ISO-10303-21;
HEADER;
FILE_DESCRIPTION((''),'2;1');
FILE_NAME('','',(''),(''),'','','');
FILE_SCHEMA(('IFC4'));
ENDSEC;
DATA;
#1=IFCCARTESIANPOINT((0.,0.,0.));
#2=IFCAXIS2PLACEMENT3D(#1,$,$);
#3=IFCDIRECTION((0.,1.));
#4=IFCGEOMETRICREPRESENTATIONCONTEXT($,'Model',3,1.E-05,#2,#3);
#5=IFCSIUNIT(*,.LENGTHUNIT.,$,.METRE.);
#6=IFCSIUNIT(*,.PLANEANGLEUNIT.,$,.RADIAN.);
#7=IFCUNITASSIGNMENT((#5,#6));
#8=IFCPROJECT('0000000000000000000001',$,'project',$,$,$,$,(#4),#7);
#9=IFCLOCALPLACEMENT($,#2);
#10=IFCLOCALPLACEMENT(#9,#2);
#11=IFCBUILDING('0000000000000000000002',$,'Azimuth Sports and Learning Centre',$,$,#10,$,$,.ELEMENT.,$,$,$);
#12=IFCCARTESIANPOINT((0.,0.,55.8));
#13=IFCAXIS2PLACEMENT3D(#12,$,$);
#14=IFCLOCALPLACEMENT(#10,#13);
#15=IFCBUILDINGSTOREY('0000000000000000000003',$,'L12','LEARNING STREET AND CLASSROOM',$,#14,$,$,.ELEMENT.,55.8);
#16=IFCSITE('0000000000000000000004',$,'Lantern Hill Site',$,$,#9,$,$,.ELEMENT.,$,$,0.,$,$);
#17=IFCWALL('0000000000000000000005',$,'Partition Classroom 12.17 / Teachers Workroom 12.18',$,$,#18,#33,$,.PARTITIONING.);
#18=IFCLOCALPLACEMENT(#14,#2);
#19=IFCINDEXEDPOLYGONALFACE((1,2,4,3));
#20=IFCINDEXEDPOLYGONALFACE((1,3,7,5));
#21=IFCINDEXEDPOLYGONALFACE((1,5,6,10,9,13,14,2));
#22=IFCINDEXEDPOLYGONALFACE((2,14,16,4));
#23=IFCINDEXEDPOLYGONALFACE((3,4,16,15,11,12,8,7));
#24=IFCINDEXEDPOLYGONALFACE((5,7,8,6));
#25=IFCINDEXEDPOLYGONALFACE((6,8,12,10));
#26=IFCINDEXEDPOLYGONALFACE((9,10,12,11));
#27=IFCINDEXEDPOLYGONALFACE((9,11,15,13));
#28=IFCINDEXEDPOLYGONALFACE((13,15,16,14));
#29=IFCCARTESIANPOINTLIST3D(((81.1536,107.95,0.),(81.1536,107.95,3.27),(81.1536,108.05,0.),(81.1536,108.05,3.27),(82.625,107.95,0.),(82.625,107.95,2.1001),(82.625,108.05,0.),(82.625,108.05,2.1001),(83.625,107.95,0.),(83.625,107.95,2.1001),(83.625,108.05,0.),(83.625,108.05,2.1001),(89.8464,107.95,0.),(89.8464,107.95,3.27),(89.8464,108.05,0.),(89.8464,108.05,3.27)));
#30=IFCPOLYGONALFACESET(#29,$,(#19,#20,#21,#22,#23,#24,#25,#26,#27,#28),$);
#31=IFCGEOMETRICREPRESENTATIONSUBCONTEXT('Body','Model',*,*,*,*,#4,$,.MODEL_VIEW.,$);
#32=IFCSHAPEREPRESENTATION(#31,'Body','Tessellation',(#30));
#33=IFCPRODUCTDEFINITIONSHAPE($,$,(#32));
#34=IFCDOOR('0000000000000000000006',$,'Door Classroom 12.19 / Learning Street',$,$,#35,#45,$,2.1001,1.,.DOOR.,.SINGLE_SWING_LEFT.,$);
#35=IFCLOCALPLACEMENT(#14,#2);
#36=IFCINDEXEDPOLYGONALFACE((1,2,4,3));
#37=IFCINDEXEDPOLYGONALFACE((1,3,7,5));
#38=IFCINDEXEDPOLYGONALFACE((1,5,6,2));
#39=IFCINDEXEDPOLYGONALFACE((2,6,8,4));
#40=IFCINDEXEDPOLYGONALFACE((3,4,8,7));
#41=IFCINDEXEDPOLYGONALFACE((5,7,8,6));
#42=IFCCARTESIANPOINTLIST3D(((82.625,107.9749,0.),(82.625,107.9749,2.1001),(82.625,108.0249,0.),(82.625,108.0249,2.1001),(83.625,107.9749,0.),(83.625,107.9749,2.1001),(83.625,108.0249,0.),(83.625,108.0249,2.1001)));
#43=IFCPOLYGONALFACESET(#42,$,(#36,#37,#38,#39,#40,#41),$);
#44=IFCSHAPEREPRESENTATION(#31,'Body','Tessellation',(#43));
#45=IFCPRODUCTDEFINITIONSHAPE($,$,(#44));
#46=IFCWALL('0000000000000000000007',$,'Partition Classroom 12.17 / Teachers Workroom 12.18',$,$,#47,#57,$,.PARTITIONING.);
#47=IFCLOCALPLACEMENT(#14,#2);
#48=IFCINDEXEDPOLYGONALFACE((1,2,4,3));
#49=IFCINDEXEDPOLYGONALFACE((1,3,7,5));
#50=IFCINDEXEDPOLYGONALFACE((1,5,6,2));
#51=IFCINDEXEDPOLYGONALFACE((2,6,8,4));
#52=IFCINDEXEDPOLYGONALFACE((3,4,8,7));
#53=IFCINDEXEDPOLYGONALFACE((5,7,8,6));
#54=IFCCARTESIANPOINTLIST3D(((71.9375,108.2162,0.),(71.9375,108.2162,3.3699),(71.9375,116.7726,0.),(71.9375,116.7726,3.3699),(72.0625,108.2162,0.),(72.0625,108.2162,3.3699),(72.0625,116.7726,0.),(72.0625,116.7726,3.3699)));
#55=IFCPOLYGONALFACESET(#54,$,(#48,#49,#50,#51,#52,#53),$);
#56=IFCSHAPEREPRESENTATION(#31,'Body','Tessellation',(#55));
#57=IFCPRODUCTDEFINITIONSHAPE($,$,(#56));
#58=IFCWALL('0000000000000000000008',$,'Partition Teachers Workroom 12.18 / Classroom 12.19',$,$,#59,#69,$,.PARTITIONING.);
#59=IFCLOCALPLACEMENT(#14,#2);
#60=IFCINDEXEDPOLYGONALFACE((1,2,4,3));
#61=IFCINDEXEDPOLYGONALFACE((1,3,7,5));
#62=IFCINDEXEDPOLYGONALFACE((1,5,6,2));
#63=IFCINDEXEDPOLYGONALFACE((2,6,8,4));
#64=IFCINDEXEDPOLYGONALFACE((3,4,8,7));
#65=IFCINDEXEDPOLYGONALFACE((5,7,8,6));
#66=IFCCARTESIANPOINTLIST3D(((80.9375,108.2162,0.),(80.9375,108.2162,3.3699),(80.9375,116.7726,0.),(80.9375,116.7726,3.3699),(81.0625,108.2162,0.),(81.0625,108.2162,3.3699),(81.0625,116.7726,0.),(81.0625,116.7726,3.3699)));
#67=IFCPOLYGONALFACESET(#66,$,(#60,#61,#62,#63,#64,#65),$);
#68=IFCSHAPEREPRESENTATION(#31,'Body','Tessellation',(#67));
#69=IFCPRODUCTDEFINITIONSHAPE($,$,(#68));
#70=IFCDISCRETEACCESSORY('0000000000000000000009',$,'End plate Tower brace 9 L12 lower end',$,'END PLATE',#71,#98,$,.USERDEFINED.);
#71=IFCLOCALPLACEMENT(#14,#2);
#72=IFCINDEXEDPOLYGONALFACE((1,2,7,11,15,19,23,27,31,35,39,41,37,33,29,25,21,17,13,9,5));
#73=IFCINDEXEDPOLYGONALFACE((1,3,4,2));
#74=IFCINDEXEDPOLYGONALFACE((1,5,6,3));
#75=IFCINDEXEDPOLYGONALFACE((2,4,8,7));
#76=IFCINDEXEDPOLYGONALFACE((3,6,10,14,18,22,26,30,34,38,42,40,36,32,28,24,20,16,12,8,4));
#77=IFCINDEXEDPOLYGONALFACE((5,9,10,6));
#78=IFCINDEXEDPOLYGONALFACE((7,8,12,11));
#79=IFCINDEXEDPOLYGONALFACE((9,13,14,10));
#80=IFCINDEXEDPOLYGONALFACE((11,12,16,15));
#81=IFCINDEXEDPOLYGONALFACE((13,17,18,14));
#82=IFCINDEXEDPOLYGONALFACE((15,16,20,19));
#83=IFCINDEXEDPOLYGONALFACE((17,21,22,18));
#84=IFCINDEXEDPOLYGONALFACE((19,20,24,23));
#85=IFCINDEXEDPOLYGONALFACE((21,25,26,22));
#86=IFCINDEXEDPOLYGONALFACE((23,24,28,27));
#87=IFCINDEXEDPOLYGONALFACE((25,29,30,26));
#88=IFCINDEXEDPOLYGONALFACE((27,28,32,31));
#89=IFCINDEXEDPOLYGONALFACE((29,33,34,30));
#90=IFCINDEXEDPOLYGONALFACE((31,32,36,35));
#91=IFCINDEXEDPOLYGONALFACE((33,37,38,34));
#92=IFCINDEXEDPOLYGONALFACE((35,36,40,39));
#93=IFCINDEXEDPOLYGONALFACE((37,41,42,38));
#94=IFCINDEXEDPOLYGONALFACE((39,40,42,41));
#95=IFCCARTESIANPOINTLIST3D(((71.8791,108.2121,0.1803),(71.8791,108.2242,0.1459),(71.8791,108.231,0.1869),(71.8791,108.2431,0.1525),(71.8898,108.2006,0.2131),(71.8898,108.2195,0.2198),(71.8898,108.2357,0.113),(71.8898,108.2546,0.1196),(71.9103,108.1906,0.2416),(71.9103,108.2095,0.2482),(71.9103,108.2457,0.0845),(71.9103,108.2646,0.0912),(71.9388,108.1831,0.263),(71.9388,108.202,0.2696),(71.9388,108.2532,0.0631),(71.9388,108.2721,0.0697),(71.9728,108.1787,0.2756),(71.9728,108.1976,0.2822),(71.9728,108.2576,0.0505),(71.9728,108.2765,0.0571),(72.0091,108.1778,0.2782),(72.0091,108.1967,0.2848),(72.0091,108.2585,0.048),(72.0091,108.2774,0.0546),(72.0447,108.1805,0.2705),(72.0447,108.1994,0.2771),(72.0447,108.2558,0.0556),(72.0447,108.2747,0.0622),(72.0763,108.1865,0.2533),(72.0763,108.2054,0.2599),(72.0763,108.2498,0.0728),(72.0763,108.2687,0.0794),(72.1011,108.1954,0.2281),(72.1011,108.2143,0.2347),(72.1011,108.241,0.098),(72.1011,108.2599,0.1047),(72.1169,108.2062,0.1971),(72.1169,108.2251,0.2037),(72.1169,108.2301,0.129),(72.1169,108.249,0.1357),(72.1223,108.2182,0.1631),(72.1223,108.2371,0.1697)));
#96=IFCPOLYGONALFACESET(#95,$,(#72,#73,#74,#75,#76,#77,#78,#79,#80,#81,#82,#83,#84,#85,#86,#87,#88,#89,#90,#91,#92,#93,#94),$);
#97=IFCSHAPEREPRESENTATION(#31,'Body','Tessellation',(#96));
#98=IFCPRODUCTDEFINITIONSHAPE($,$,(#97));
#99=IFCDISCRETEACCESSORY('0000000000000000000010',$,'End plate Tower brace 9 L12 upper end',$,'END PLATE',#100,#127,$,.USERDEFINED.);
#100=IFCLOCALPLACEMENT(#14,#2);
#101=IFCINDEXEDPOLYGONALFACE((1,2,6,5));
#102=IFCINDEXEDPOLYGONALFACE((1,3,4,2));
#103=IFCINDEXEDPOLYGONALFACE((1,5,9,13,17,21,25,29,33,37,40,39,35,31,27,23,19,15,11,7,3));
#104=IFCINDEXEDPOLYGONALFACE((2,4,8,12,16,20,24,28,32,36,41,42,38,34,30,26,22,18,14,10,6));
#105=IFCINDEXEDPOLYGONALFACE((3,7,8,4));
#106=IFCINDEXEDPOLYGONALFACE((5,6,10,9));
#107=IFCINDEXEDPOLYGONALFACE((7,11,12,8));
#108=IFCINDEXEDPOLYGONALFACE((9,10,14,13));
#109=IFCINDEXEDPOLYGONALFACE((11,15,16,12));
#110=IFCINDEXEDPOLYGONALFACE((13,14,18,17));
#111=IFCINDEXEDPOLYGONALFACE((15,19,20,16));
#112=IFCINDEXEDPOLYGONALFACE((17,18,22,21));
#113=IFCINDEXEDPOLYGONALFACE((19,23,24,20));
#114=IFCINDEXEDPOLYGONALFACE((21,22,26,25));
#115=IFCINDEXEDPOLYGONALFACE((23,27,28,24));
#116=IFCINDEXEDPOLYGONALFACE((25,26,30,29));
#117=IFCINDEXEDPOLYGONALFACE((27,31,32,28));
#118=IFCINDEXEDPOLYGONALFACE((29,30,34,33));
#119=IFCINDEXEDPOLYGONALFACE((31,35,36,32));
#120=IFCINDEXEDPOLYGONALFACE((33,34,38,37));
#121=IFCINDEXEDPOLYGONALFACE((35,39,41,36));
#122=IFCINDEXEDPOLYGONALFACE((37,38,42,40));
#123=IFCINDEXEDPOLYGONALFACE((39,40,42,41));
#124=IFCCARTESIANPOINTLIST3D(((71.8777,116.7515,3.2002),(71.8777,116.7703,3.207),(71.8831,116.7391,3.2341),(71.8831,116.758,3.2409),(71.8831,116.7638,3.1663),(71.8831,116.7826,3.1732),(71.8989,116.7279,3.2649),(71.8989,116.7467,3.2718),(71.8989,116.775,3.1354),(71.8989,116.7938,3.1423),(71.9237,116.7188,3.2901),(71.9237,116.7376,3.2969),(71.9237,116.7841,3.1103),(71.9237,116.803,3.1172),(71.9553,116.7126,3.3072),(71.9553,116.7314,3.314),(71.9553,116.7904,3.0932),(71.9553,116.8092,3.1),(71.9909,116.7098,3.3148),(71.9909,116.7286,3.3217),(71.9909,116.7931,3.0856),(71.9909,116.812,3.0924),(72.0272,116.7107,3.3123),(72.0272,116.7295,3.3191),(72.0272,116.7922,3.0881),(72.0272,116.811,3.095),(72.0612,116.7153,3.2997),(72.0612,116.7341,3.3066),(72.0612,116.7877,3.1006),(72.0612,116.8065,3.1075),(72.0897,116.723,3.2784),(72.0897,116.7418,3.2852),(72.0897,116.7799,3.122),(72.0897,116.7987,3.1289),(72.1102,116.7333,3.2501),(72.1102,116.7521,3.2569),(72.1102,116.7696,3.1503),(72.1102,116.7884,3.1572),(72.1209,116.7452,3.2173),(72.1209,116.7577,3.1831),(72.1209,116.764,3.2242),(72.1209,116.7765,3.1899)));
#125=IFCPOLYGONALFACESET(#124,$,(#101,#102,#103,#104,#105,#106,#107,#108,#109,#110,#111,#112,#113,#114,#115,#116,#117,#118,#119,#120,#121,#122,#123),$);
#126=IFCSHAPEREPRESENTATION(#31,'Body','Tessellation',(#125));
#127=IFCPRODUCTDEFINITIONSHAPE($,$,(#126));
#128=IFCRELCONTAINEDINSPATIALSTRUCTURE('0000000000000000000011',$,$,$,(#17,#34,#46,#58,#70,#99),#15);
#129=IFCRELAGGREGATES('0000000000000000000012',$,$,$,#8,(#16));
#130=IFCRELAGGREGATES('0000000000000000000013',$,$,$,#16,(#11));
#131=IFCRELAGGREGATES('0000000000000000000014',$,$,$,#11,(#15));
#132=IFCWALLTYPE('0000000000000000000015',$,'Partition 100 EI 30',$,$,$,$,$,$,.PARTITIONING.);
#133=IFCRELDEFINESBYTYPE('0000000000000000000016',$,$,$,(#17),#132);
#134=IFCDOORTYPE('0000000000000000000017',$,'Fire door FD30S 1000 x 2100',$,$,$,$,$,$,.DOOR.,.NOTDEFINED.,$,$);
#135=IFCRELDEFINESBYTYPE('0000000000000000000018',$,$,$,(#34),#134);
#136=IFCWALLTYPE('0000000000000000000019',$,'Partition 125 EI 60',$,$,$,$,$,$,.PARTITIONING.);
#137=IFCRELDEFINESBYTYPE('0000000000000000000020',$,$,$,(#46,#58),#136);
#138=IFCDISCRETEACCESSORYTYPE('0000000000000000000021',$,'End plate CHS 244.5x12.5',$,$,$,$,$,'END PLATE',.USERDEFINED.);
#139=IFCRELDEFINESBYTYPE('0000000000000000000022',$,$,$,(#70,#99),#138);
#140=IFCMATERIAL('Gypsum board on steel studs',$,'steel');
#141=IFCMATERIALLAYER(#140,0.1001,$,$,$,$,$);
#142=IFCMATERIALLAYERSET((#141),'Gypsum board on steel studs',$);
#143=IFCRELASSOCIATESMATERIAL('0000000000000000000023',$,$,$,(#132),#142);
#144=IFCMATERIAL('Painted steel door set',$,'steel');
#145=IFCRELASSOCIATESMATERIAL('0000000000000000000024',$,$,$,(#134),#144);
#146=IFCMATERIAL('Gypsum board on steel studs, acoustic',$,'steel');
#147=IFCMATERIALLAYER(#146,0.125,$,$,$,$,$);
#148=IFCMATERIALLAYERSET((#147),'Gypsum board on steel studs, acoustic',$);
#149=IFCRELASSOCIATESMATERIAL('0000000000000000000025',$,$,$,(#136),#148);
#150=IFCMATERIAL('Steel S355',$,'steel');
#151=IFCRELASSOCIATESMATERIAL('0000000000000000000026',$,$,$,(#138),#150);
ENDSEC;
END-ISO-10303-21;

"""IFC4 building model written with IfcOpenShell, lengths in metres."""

from ifc_helpers import new_model, si_unit, direction, frame, frame_2d, origin, origin_2d, place, context, subcontext, project, spatial, rectangle, circle, extrude, material, layer, layer_set, material_profile, profile_set, type_object, element, fill, save


model = new_model("IFC4")

# Units and contexts
model_context = context("Model", 3, precision=1e-05, world=origin(), true_north=direction((0.0, 1.0)))
body_context = subcontext(model_context, "Body", "Model", "MODEL_VIEW")
ifc_project = project(units=[si_unit("LENGTHUNIT", "METRE"), si_unit("PLANEANGLEUNIT", "RADIAN")], contexts=[model_context])

# Site, building, storey
site_placement = place(None, origin())
site = spatial("IfcSite", under=ifc_project, at=site_placement, Name="Lantern Hill Site", CompositionType="ELEMENT", RefElevation=0.0)
building_placement = place(site_placement, origin())
building = spatial("IfcBuilding", under=site, at=building_placement, Name="Azimuth Sports and Learning Centre", CompositionType="ELEMENT")
storey_placement = place(building_placement, frame((0.0, 0.0, 55.8)))
storey = spatial("IfcBuildingStorey", under=building, at=storey_placement, Name="L12", Description="LEARNING STREET AND CLASSROOM", CompositionType="ELEMENT", Elevation=55.8)

# Wall, opening, door
ifc_material_1 = material(Name="Gypsum board on steel studs", Category="steel")
ifc_layer_1 = layer(ifc_material_1, 0.1001)
ifc_layer_set_1 = layer_set([ifc_layer_1], Name="Gypsum board on steel studs")
wall_type_1 = type_object("IfcWallType", Name="Partition 100 EI 30", PredefinedType="PARTITIONING", material=ifc_layer_set_1)
wall_1_placement = place(storey_placement, frame((81.1536, 108.0, 0.0), z_axis=(0.0, 0.0, 1.0), x_axis=(1.0, 0.0, 0.0)))
wall_1 = element("IfcWall", 1, at=wall_1_placement, inside=storey, type_object=wall_type_1, Name="Partition Classroom 12.17 / Teachers Workroom 12.18", PredefinedType="PARTITIONING", context=body_context, shape_type="SweptSolid", body=[
    extrude(rectangle(XDim=8.6929, YDim=0.1001, at=frame_2d((4.3464, 0.0))), origin(), (0.0, 0.0, 1.0), 3.27),
])
opening_1_placement = place(wall_1_placement, frame((1.4714, 0.0, 0.0)))
opening_1 = element("IfcOpeningElement", 2, at=opening_1_placement, cuts=wall_1, PredefinedType="OPENING", context=body_context, shape_type="SweptSolid", body=[
    extrude(rectangle(XDim=1.0, YDim=2.1001, at=frame_2d((0.5, 1.05))), frame((0.0, 0.061, 0.0), z_axis=(0.0, -1.0, 0.0), x_axis=(1.0, 0.0, 0.0)), (0.0, 0.0, 1.0), 0.1221),
])
ifc_material_2 = material(Name="Painted steel door set", Category="steel")
door_type_1 = type_object("IfcDoorType", Name="Fire door FD30S 1000 x 2100", OperationType="NOTDEFINED", PredefinedType="DOOR", material=ifc_material_2)
door_1_placement = place(opening_1_placement, origin())
door_1 = element("IfcDoor", 3, at=door_1_placement, inside=storey, type_object=door_type_1, Name="Door Classroom 12.19 / Learning Street", OperationType="SINGLE_SWING_LEFT", OverallHeight=2.1001, OverallWidth=1.0, PredefinedType="DOOR", context=body_context, shape_type="SweptSolid", body=[
    extrude(rectangle(XDim=1.0, YDim=2.1001, at=frame_2d((0.5, 1.05))), frame((0.0, 0.0249, 0.0), z_axis=(0.0, -1.0, 0.0), x_axis=(1.0, 0.0, 0.0)), (0.0, 0.0, 1.0), 0.05),
])
fill(opening_1, door_1)

# Walls
ifc_material_3 = material(Name="Gypsum board on steel studs, acoustic", Category="steel")
ifc_layer_2 = layer(ifc_material_3, 0.125)
ifc_layer_set_2 = layer_set([ifc_layer_2], Name="Gypsum board on steel studs, acoustic")
wall_type_2 = type_object("IfcWallType", Name="Partition 125 EI 60", PredefinedType="PARTITIONING", material=ifc_layer_set_2)
for number, where, z_axis, x_axis, name in (
    (4, (72.0, 108.2161, 0.0), (0.0, 0.0, 1.0), (0.0, 1.0, 0.0), "Partition Classroom 12.17 / Teachers Workroom 12.18"),
    (5, (81.0, 108.2161, 0.0), (0.0, 0.0, 1.0), (0.0, 1.0, 0.0), "Partition Teachers Workroom 12.18 / Classroom 12.19"),
):
    element("IfcWall", number, at=place(storey_placement, frame(where, z_axis=z_axis, x_axis=x_axis)), inside=storey, type_object=wall_type_2, Name=name, PredefinedType="PARTITIONING", context=body_context, shape_type="SweptSolid", body=[
        extrude(rectangle(XDim=8.5564, YDim=0.125, at=frame_2d((4.2783, 0.0))), origin(), (0.0, 0.0, 1.0), 3.3699),
    ])

# Discrete accessories
ifc_material_4 = material(Name="Steel S355", Category="steel")
ifc_material_profile_1 = material_profile(ifc_material_4, circle(Radius=0.1223, at=origin_2d()), Name="PL 244 DISC")
ifc_profile_set_1 = profile_set([ifc_material_profile_1], Name="Steel S355")
discrete_accessory_type = type_object("IfcDiscreteAccessoryType", Name="End plate CHS 244.5x12.5", ElementType="END PLATE", PredefinedType="USERDEFINED", material=ifc_profile_set_1)
for number, where, z_axis, x_axis, name in (
    (6, (72.0, 108.2371, 0.1697), (0.0, -0.943667, -0.330896), (1.0, 0.0, 0.0), "End plate Tower brace 9 L12 lower end"),
    (7, (72.0, 116.7515, 3.2002), (0.0, 0.939793, 0.341743), (-1.0, 0.0, 0.0), "End plate Tower brace 9 L12 upper end"),
):
    element("IfcDiscreteAccessory", number, at=place(storey_placement, frame(where, z_axis=z_axis, x_axis=x_axis)), inside=storey, type_object=discrete_accessory_type, Name=name, ObjectType="END PLATE", PredefinedType="USERDEFINED", context=body_context, shape_type="SweptSolid", body=[
        extrude(circle(Radius=0.1223, at=origin_2d()), origin(), (0.0, 0.0, 1.0), 0.02),
    ])

save(model, "model.ifc")
